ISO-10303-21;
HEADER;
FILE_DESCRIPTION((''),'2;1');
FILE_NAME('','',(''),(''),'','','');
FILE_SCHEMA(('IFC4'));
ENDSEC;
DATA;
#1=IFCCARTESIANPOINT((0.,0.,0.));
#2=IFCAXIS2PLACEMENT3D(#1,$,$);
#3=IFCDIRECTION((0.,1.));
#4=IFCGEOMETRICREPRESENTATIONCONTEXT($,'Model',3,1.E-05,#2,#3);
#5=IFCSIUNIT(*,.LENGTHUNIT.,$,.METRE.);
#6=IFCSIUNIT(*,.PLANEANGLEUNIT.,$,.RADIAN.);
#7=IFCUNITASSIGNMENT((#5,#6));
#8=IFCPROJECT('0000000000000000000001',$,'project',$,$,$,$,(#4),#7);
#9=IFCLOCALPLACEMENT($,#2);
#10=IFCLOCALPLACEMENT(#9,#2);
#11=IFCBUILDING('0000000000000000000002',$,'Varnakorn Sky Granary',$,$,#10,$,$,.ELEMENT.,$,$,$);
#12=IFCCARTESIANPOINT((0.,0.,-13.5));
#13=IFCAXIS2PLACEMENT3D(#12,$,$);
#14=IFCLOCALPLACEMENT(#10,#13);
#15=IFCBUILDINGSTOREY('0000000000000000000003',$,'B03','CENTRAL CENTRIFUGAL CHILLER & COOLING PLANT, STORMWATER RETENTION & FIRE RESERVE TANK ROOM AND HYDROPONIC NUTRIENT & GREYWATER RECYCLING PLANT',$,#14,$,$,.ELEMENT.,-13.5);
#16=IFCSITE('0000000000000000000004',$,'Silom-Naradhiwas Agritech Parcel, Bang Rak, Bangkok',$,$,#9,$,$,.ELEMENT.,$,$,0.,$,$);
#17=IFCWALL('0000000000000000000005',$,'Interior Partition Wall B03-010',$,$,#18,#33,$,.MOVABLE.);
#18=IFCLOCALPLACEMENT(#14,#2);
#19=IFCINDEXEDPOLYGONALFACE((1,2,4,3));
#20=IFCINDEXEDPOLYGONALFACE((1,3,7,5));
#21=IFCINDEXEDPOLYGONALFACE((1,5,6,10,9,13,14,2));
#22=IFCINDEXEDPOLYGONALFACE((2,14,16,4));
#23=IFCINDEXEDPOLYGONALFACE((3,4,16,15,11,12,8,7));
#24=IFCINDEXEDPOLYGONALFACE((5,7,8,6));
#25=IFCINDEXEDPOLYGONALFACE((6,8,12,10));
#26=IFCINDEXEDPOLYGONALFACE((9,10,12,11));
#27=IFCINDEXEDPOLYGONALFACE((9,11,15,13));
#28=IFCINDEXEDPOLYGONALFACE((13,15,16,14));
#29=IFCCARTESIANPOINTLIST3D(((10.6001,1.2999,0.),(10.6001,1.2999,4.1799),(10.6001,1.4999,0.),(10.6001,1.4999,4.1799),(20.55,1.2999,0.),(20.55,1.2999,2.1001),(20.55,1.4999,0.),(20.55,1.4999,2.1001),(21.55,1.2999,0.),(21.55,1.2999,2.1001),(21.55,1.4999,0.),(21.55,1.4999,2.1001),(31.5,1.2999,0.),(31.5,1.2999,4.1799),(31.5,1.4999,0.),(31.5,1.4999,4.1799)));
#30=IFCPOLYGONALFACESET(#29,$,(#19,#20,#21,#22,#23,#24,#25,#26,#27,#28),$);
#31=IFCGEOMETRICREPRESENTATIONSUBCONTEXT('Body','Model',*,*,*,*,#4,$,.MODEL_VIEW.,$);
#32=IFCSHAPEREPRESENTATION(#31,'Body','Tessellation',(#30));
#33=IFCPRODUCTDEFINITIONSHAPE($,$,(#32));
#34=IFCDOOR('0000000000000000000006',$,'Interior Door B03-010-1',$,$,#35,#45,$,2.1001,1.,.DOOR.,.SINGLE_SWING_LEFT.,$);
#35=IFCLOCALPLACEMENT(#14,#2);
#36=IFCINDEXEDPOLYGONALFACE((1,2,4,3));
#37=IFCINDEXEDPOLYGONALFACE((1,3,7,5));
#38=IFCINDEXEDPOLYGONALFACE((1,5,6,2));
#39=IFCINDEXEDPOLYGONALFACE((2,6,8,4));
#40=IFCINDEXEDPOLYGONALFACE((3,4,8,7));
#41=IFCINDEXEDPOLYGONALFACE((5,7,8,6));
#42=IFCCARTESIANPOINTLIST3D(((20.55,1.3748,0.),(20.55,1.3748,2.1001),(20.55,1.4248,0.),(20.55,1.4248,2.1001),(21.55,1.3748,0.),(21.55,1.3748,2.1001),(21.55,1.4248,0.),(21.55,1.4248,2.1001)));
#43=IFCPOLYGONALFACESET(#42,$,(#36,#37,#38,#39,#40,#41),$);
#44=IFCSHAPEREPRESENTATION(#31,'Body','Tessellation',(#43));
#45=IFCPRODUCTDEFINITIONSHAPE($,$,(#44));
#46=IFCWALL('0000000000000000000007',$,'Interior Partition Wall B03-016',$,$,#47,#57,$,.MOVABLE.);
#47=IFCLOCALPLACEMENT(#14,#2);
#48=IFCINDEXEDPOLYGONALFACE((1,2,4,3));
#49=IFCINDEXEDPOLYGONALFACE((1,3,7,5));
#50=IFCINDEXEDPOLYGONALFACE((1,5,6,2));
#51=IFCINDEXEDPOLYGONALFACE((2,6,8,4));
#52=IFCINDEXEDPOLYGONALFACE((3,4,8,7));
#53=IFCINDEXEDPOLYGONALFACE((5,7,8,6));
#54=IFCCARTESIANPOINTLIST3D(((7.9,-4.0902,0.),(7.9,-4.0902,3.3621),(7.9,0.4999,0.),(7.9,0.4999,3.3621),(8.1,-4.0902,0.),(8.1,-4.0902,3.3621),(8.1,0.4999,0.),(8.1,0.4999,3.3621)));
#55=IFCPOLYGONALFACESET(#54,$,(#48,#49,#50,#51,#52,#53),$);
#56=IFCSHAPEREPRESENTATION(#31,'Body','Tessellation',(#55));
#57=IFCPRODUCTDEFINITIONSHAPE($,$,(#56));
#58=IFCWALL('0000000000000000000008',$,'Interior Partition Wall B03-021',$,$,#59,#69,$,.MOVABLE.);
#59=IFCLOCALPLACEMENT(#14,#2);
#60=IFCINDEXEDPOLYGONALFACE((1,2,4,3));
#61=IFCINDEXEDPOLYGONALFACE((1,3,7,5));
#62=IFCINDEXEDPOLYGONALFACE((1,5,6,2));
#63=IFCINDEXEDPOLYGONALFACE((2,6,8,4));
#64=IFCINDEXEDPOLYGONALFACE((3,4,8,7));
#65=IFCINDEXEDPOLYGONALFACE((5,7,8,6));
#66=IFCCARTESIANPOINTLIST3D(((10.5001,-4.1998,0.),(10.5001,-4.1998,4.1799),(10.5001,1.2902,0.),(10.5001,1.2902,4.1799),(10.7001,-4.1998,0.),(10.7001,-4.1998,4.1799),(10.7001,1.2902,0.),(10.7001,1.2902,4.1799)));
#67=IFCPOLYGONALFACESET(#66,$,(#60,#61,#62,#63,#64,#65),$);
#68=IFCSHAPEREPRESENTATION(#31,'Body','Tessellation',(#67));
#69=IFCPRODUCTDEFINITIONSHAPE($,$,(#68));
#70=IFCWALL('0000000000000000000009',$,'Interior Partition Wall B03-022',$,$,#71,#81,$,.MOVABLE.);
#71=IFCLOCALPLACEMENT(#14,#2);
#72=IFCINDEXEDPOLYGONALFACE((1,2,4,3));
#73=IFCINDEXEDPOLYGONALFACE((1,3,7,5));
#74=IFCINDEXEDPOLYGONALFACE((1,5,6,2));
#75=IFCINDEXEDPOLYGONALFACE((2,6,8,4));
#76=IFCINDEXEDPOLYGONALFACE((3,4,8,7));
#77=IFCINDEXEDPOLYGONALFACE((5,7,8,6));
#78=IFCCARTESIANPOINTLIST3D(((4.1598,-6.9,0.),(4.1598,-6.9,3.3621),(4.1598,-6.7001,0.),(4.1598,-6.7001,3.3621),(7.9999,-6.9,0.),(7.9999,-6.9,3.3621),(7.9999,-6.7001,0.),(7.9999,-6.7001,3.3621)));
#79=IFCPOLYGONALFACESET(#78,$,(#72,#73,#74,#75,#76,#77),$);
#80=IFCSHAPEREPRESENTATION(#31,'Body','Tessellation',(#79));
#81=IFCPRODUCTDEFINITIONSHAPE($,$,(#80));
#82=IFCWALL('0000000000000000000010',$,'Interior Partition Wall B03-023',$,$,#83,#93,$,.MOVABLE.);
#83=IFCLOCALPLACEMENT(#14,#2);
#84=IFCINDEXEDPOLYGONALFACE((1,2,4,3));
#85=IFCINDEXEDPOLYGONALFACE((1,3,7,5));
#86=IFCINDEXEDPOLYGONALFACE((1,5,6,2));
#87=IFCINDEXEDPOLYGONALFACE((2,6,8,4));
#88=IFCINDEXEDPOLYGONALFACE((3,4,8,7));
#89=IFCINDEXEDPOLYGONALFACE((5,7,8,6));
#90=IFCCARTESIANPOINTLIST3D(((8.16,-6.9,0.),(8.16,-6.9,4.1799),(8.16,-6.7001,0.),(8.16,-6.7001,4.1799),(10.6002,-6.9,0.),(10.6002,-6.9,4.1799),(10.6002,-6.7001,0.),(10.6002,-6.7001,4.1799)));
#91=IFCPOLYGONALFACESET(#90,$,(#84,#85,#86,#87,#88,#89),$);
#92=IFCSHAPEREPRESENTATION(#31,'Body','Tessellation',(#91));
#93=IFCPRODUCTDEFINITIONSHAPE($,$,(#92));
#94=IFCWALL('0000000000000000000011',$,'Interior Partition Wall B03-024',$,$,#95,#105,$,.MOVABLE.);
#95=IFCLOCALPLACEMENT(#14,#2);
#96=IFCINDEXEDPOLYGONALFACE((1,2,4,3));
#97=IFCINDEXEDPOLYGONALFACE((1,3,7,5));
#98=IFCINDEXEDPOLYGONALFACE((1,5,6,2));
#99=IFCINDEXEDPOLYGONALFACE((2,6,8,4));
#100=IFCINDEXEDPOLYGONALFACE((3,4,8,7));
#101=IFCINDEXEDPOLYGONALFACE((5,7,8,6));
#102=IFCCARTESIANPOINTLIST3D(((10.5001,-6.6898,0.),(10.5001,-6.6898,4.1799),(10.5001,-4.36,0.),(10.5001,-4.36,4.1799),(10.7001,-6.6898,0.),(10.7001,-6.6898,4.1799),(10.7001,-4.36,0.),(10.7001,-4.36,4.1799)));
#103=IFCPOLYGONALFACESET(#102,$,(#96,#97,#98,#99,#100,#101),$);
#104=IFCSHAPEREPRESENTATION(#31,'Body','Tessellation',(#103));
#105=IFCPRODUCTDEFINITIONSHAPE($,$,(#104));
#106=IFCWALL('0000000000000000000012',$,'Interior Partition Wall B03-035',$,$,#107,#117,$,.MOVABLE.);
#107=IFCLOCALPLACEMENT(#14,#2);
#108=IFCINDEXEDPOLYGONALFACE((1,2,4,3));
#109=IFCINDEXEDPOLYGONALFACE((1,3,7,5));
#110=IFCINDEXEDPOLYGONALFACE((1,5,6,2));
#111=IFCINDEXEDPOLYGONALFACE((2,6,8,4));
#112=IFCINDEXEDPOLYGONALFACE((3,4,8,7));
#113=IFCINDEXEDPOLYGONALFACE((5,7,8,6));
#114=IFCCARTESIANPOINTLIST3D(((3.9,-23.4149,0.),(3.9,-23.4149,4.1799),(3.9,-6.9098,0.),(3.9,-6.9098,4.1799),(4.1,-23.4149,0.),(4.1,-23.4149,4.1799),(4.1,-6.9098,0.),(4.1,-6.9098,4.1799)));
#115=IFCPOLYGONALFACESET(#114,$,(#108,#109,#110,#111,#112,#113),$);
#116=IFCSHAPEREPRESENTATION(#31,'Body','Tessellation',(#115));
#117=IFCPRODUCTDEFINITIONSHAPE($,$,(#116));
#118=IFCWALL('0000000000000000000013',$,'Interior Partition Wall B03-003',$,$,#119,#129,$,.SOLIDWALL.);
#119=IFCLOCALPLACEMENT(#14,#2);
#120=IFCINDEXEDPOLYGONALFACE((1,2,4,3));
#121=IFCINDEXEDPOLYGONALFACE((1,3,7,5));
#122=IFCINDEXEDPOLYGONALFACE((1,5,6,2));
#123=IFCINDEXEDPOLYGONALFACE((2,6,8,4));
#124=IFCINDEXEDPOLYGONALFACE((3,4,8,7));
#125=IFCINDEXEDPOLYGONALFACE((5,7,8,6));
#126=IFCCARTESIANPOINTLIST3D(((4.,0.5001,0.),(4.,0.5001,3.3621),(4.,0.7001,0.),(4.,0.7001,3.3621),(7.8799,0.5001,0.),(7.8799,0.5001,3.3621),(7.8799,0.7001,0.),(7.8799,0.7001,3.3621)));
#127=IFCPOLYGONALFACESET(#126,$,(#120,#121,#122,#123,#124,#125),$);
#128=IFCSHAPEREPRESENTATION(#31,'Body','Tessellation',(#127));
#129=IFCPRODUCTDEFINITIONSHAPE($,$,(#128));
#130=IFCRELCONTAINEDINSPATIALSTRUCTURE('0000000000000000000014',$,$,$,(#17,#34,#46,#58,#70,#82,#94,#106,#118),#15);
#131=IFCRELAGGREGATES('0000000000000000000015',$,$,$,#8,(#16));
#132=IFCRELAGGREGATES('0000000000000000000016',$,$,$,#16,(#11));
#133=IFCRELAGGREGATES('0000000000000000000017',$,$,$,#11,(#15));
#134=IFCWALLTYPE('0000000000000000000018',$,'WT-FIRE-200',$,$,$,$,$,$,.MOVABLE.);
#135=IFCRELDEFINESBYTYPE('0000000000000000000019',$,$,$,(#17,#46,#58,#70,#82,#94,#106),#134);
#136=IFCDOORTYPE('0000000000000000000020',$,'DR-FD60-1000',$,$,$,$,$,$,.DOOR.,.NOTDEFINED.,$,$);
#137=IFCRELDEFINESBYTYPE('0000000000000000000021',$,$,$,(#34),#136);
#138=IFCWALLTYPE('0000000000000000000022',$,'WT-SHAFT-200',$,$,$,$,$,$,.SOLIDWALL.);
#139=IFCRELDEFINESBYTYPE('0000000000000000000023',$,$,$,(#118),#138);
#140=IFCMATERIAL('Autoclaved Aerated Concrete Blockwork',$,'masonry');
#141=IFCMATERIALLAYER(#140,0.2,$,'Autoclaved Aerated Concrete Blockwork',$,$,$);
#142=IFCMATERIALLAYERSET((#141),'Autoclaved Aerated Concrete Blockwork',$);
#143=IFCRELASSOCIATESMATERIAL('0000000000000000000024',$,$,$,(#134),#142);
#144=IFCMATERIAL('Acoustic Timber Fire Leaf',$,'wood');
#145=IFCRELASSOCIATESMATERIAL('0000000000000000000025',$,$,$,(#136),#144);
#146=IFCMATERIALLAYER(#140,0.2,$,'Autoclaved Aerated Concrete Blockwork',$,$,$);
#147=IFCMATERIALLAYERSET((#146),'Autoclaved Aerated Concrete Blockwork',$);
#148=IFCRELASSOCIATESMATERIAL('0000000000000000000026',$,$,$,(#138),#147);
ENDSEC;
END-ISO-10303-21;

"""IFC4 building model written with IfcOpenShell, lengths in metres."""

from ifc_helpers import new_model, si_unit, direction, frame, frame_2d, origin, place, context, subcontext, project, spatial, rectangle, extrude, material, layer, layer_set, type_object, element, fill, save


model = new_model("IFC4")

# Units and contexts
model_context = context("Model", 3, precision=1e-05, world=origin(), true_north=direction((0.0, 1.0)))
body_context = subcontext(model_context, "Body", "Model", "MODEL_VIEW")
ifc_project = project(units=[si_unit("LENGTHUNIT", "METRE"), si_unit("PLANEANGLEUNIT", "RADIAN")], contexts=[model_context])

# Site, building, storey
site_placement = place(None, origin())
site = spatial("IfcSite", under=ifc_project, at=site_placement, Name="Silom-Naradhiwas Agritech Parcel, Bang Rak, Bangkok", CompositionType="ELEMENT", RefElevation=0.0)
building_placement = place(site_placement, origin())
building = spatial("IfcBuilding", under=site, at=building_placement, Name="Varnakorn Sky Granary", CompositionType="ELEMENT")
storey_placement = place(building_placement, frame((0.0, 0.0, -13.5)))
storey = spatial("IfcBuildingStorey", under=building, at=storey_placement, Name="B03", Description="CENTRAL CENTRIFUGAL CHILLER & COOLING PLANT, STORMWATER RETENTION & FIRE RESERVE TANK ROOM AND HYDROPONIC NUTRIENT & GREYWATER RECYCLING PLANT", CompositionType="ELEMENT", Elevation=-13.5)

# Wall, opening, door
ifc_material_1 = material(Name="Autoclaved Aerated Concrete Blockwork", Category="masonry")
ifc_layer_1 = layer(ifc_material_1, 0.2, Name="Autoclaved Aerated Concrete Blockwork")
ifc_layer_set_1 = layer_set([ifc_layer_1], Name="Autoclaved Aerated Concrete Blockwork")
wall_type_1 = type_object("IfcWallType", Name="WT-FIRE-200", PredefinedType="MOVABLE", material=ifc_layer_set_1)
ifc_material_2 = material(Name="Acoustic Timber Fire Leaf", Category="wood")
door_type_1 = type_object("IfcDoorType", Name="DR-FD60-1000", OperationType="NOTDEFINED", PredefinedType="DOOR", material=ifc_material_2)
wall_1_placement = place(storey_placement, frame((10.6001, 1.3999, 0.0), z_axis=(0.0, 0.0, 1.0), x_axis=(1.0, 0.0, 0.0)))
wall_1 = element("IfcWall", 1, at=wall_1_placement, inside=storey, type_object=wall_type_1, Name="Interior Partition Wall B03-010", PredefinedType="MOVABLE", context=body_context, shape_type="SweptSolid", body=[
    extrude(rectangle(XDim=20.8999, YDim=0.2, at=frame_2d((10.45, 0.0))), origin(), (0.0, 0.0, 1.0), 4.1799),
])
opening_1_placement = place(wall_1_placement, frame((9.95, 0.0, 0.0)))
opening_1 = element("IfcOpeningElement", 2, at=opening_1_placement, cuts=wall_1, PredefinedType="OPENING", context=body_context, shape_type="SweptSolid", body=[
    extrude(rectangle(XDim=1.0, YDim=2.1001, at=frame_2d((0.5, 1.05))), frame((0.0, 0.1099, 0.0), z_axis=(0.0, -1.0, 0.0), x_axis=(1.0, 0.0, 0.0)), (0.0, 0.0, 1.0), 0.22),
])
door_1_placement = place(opening_1_placement, origin())
door_1 = element("IfcDoor", 3, at=door_1_placement, inside=storey, type_object=door_type_1, Name="Interior Door B03-010-1", OperationType="SINGLE_SWING_LEFT", OverallHeight=2.1001, OverallWidth=1.0, PredefinedType="DOOR", context=body_context, shape_type="SweptSolid", body=[
    extrude(rectangle(XDim=1.0, YDim=2.1001, at=frame_2d((0.5, 1.05))), frame((0.0, 0.0249, 0.0), z_axis=(0.0, -1.0, 0.0), x_axis=(1.0, 0.0, 0.0)), (0.0, 0.0, 1.0), 0.05),
])
fill(opening_1, door_1)

# Walls
wall_2_placement = place(storey_placement, frame((8.0, -4.0901, 0.0), z_axis=(0.0, 0.0, 1.0), x_axis=(0.0, 1.0, 0.0)))
element("IfcWall", 4, at=wall_2_placement, inside=storey, type_object=wall_type_1, Name="Interior Partition Wall B03-016", PredefinedType="MOVABLE", context=body_context, shape_type="SweptSolid", body=[
    extrude(rectangle(XDim=4.5901, YDim=0.2, at=frame_2d((2.2949, 0.0))), origin(), (0.0, 0.0, 1.0), 3.3621),
])
wall_3_placement = place(storey_placement, frame((10.6001, -4.2, 0.0), z_axis=(0.0, 0.0, 1.0), x_axis=(0.0, 1.0, 0.0)))
element("IfcWall", 5, at=wall_3_placement, inside=storey, type_object=wall_type_1, Name="Interior Partition Wall B03-021", PredefinedType="MOVABLE", context=body_context, shape_type="SweptSolid", body=[
    extrude(rectangle(XDim=5.49, YDim=0.2, at=frame_2d((2.7451, 0.0))), origin(), (0.0, 0.0, 1.0), 4.1799),
])
wall_4_placement = place(storey_placement, frame((4.1599, -6.8, 0.0), z_axis=(0.0, 0.0, 1.0), x_axis=(1.0, 0.0, 0.0)))
element("IfcWall", 6, at=wall_4_placement, inside=storey, type_object=wall_type_1, Name="Interior Partition Wall B03-022", PredefinedType="MOVABLE", context=body_context, shape_type="SweptSolid", body=[
    extrude(rectangle(XDim=3.8401, YDim=0.2, at=frame_2d((1.9199, 0.0))), origin(), (0.0, 0.0, 1.0), 3.3621),
])
wall_5_placement = place(storey_placement, frame((8.1599, -6.8, 0.0), z_axis=(0.0, 0.0, 1.0), x_axis=(1.0, 0.0, 0.0)))
element("IfcWall", 7, at=wall_5_placement, inside=storey, type_object=wall_type_1, Name="Interior Partition Wall B03-023", PredefinedType="MOVABLE", context=body_context, shape_type="SweptSolid", body=[
    extrude(rectangle(XDim=2.4402, YDim=0.2, at=frame_2d((1.2202, 0.0))), origin(), (0.0, 0.0, 1.0), 4.1799),
])
wall_6_placement = place(storey_placement, frame((10.6001, -6.6899, 0.0), z_axis=(0.0, 0.0, 1.0), x_axis=(0.0, 1.0, 0.0)))
element("IfcWall", 8, at=wall_6_placement, inside=storey, type_object=wall_type_1, Name="Interior Partition Wall B03-024", PredefinedType="MOVABLE", context=body_context, shape_type="SweptSolid", body=[
    extrude(rectangle(XDim=2.3298, YDim=0.2, at=frame_2d((1.165, 0.0))), origin(), (0.0, 0.0, 1.0), 4.1799),
])
wall_7_placement = place(storey_placement, frame((4.0, -6.9099, 0.0), z_axis=(0.0, 0.0, 1.0), x_axis=(0.0, -1.0, 0.0)))
element("IfcWall", 9, at=wall_7_placement, inside=storey, type_object=wall_type_1, Name="Interior Partition Wall B03-035", PredefinedType="MOVABLE", context=body_context, shape_type="SweptSolid", body=[
    extrude(rectangle(XDim=16.5051, YDim=0.2, at=frame_2d((8.2524, 0.0))), origin(), (0.0, 0.0, 1.0), 4.1799),
])
ifc_layer_2 = layer(ifc_material_1, 0.2, Name="Autoclaved Aerated Concrete Blockwork")
ifc_layer_set_2 = layer_set([ifc_layer_2], Name="Autoclaved Aerated Concrete Blockwork")
wall_type_2 = type_object("IfcWallType", Name="WT-SHAFT-200", PredefinedType="SOLIDWALL", material=ifc_layer_set_2)
wall_8_placement = place(storey_placement, frame((4.0, 0.6001, 0.0), z_axis=(0.0, 0.0, 1.0), x_axis=(1.0, 0.0, 0.0)))
element("IfcWall", 10, at=wall_8_placement, inside=storey, type_object=wall_type_2, Name="Interior Partition Wall B03-003", PredefinedType="SOLIDWALL", context=body_context, shape_type="SweptSolid", body=[
    extrude(rectangle(XDim=3.8799, YDim=0.2, at=frame_2d((1.9399, 0.0))), origin(), (0.0, 0.0, 1.0), 3.3621),
])

save(model, "model.ifc")
